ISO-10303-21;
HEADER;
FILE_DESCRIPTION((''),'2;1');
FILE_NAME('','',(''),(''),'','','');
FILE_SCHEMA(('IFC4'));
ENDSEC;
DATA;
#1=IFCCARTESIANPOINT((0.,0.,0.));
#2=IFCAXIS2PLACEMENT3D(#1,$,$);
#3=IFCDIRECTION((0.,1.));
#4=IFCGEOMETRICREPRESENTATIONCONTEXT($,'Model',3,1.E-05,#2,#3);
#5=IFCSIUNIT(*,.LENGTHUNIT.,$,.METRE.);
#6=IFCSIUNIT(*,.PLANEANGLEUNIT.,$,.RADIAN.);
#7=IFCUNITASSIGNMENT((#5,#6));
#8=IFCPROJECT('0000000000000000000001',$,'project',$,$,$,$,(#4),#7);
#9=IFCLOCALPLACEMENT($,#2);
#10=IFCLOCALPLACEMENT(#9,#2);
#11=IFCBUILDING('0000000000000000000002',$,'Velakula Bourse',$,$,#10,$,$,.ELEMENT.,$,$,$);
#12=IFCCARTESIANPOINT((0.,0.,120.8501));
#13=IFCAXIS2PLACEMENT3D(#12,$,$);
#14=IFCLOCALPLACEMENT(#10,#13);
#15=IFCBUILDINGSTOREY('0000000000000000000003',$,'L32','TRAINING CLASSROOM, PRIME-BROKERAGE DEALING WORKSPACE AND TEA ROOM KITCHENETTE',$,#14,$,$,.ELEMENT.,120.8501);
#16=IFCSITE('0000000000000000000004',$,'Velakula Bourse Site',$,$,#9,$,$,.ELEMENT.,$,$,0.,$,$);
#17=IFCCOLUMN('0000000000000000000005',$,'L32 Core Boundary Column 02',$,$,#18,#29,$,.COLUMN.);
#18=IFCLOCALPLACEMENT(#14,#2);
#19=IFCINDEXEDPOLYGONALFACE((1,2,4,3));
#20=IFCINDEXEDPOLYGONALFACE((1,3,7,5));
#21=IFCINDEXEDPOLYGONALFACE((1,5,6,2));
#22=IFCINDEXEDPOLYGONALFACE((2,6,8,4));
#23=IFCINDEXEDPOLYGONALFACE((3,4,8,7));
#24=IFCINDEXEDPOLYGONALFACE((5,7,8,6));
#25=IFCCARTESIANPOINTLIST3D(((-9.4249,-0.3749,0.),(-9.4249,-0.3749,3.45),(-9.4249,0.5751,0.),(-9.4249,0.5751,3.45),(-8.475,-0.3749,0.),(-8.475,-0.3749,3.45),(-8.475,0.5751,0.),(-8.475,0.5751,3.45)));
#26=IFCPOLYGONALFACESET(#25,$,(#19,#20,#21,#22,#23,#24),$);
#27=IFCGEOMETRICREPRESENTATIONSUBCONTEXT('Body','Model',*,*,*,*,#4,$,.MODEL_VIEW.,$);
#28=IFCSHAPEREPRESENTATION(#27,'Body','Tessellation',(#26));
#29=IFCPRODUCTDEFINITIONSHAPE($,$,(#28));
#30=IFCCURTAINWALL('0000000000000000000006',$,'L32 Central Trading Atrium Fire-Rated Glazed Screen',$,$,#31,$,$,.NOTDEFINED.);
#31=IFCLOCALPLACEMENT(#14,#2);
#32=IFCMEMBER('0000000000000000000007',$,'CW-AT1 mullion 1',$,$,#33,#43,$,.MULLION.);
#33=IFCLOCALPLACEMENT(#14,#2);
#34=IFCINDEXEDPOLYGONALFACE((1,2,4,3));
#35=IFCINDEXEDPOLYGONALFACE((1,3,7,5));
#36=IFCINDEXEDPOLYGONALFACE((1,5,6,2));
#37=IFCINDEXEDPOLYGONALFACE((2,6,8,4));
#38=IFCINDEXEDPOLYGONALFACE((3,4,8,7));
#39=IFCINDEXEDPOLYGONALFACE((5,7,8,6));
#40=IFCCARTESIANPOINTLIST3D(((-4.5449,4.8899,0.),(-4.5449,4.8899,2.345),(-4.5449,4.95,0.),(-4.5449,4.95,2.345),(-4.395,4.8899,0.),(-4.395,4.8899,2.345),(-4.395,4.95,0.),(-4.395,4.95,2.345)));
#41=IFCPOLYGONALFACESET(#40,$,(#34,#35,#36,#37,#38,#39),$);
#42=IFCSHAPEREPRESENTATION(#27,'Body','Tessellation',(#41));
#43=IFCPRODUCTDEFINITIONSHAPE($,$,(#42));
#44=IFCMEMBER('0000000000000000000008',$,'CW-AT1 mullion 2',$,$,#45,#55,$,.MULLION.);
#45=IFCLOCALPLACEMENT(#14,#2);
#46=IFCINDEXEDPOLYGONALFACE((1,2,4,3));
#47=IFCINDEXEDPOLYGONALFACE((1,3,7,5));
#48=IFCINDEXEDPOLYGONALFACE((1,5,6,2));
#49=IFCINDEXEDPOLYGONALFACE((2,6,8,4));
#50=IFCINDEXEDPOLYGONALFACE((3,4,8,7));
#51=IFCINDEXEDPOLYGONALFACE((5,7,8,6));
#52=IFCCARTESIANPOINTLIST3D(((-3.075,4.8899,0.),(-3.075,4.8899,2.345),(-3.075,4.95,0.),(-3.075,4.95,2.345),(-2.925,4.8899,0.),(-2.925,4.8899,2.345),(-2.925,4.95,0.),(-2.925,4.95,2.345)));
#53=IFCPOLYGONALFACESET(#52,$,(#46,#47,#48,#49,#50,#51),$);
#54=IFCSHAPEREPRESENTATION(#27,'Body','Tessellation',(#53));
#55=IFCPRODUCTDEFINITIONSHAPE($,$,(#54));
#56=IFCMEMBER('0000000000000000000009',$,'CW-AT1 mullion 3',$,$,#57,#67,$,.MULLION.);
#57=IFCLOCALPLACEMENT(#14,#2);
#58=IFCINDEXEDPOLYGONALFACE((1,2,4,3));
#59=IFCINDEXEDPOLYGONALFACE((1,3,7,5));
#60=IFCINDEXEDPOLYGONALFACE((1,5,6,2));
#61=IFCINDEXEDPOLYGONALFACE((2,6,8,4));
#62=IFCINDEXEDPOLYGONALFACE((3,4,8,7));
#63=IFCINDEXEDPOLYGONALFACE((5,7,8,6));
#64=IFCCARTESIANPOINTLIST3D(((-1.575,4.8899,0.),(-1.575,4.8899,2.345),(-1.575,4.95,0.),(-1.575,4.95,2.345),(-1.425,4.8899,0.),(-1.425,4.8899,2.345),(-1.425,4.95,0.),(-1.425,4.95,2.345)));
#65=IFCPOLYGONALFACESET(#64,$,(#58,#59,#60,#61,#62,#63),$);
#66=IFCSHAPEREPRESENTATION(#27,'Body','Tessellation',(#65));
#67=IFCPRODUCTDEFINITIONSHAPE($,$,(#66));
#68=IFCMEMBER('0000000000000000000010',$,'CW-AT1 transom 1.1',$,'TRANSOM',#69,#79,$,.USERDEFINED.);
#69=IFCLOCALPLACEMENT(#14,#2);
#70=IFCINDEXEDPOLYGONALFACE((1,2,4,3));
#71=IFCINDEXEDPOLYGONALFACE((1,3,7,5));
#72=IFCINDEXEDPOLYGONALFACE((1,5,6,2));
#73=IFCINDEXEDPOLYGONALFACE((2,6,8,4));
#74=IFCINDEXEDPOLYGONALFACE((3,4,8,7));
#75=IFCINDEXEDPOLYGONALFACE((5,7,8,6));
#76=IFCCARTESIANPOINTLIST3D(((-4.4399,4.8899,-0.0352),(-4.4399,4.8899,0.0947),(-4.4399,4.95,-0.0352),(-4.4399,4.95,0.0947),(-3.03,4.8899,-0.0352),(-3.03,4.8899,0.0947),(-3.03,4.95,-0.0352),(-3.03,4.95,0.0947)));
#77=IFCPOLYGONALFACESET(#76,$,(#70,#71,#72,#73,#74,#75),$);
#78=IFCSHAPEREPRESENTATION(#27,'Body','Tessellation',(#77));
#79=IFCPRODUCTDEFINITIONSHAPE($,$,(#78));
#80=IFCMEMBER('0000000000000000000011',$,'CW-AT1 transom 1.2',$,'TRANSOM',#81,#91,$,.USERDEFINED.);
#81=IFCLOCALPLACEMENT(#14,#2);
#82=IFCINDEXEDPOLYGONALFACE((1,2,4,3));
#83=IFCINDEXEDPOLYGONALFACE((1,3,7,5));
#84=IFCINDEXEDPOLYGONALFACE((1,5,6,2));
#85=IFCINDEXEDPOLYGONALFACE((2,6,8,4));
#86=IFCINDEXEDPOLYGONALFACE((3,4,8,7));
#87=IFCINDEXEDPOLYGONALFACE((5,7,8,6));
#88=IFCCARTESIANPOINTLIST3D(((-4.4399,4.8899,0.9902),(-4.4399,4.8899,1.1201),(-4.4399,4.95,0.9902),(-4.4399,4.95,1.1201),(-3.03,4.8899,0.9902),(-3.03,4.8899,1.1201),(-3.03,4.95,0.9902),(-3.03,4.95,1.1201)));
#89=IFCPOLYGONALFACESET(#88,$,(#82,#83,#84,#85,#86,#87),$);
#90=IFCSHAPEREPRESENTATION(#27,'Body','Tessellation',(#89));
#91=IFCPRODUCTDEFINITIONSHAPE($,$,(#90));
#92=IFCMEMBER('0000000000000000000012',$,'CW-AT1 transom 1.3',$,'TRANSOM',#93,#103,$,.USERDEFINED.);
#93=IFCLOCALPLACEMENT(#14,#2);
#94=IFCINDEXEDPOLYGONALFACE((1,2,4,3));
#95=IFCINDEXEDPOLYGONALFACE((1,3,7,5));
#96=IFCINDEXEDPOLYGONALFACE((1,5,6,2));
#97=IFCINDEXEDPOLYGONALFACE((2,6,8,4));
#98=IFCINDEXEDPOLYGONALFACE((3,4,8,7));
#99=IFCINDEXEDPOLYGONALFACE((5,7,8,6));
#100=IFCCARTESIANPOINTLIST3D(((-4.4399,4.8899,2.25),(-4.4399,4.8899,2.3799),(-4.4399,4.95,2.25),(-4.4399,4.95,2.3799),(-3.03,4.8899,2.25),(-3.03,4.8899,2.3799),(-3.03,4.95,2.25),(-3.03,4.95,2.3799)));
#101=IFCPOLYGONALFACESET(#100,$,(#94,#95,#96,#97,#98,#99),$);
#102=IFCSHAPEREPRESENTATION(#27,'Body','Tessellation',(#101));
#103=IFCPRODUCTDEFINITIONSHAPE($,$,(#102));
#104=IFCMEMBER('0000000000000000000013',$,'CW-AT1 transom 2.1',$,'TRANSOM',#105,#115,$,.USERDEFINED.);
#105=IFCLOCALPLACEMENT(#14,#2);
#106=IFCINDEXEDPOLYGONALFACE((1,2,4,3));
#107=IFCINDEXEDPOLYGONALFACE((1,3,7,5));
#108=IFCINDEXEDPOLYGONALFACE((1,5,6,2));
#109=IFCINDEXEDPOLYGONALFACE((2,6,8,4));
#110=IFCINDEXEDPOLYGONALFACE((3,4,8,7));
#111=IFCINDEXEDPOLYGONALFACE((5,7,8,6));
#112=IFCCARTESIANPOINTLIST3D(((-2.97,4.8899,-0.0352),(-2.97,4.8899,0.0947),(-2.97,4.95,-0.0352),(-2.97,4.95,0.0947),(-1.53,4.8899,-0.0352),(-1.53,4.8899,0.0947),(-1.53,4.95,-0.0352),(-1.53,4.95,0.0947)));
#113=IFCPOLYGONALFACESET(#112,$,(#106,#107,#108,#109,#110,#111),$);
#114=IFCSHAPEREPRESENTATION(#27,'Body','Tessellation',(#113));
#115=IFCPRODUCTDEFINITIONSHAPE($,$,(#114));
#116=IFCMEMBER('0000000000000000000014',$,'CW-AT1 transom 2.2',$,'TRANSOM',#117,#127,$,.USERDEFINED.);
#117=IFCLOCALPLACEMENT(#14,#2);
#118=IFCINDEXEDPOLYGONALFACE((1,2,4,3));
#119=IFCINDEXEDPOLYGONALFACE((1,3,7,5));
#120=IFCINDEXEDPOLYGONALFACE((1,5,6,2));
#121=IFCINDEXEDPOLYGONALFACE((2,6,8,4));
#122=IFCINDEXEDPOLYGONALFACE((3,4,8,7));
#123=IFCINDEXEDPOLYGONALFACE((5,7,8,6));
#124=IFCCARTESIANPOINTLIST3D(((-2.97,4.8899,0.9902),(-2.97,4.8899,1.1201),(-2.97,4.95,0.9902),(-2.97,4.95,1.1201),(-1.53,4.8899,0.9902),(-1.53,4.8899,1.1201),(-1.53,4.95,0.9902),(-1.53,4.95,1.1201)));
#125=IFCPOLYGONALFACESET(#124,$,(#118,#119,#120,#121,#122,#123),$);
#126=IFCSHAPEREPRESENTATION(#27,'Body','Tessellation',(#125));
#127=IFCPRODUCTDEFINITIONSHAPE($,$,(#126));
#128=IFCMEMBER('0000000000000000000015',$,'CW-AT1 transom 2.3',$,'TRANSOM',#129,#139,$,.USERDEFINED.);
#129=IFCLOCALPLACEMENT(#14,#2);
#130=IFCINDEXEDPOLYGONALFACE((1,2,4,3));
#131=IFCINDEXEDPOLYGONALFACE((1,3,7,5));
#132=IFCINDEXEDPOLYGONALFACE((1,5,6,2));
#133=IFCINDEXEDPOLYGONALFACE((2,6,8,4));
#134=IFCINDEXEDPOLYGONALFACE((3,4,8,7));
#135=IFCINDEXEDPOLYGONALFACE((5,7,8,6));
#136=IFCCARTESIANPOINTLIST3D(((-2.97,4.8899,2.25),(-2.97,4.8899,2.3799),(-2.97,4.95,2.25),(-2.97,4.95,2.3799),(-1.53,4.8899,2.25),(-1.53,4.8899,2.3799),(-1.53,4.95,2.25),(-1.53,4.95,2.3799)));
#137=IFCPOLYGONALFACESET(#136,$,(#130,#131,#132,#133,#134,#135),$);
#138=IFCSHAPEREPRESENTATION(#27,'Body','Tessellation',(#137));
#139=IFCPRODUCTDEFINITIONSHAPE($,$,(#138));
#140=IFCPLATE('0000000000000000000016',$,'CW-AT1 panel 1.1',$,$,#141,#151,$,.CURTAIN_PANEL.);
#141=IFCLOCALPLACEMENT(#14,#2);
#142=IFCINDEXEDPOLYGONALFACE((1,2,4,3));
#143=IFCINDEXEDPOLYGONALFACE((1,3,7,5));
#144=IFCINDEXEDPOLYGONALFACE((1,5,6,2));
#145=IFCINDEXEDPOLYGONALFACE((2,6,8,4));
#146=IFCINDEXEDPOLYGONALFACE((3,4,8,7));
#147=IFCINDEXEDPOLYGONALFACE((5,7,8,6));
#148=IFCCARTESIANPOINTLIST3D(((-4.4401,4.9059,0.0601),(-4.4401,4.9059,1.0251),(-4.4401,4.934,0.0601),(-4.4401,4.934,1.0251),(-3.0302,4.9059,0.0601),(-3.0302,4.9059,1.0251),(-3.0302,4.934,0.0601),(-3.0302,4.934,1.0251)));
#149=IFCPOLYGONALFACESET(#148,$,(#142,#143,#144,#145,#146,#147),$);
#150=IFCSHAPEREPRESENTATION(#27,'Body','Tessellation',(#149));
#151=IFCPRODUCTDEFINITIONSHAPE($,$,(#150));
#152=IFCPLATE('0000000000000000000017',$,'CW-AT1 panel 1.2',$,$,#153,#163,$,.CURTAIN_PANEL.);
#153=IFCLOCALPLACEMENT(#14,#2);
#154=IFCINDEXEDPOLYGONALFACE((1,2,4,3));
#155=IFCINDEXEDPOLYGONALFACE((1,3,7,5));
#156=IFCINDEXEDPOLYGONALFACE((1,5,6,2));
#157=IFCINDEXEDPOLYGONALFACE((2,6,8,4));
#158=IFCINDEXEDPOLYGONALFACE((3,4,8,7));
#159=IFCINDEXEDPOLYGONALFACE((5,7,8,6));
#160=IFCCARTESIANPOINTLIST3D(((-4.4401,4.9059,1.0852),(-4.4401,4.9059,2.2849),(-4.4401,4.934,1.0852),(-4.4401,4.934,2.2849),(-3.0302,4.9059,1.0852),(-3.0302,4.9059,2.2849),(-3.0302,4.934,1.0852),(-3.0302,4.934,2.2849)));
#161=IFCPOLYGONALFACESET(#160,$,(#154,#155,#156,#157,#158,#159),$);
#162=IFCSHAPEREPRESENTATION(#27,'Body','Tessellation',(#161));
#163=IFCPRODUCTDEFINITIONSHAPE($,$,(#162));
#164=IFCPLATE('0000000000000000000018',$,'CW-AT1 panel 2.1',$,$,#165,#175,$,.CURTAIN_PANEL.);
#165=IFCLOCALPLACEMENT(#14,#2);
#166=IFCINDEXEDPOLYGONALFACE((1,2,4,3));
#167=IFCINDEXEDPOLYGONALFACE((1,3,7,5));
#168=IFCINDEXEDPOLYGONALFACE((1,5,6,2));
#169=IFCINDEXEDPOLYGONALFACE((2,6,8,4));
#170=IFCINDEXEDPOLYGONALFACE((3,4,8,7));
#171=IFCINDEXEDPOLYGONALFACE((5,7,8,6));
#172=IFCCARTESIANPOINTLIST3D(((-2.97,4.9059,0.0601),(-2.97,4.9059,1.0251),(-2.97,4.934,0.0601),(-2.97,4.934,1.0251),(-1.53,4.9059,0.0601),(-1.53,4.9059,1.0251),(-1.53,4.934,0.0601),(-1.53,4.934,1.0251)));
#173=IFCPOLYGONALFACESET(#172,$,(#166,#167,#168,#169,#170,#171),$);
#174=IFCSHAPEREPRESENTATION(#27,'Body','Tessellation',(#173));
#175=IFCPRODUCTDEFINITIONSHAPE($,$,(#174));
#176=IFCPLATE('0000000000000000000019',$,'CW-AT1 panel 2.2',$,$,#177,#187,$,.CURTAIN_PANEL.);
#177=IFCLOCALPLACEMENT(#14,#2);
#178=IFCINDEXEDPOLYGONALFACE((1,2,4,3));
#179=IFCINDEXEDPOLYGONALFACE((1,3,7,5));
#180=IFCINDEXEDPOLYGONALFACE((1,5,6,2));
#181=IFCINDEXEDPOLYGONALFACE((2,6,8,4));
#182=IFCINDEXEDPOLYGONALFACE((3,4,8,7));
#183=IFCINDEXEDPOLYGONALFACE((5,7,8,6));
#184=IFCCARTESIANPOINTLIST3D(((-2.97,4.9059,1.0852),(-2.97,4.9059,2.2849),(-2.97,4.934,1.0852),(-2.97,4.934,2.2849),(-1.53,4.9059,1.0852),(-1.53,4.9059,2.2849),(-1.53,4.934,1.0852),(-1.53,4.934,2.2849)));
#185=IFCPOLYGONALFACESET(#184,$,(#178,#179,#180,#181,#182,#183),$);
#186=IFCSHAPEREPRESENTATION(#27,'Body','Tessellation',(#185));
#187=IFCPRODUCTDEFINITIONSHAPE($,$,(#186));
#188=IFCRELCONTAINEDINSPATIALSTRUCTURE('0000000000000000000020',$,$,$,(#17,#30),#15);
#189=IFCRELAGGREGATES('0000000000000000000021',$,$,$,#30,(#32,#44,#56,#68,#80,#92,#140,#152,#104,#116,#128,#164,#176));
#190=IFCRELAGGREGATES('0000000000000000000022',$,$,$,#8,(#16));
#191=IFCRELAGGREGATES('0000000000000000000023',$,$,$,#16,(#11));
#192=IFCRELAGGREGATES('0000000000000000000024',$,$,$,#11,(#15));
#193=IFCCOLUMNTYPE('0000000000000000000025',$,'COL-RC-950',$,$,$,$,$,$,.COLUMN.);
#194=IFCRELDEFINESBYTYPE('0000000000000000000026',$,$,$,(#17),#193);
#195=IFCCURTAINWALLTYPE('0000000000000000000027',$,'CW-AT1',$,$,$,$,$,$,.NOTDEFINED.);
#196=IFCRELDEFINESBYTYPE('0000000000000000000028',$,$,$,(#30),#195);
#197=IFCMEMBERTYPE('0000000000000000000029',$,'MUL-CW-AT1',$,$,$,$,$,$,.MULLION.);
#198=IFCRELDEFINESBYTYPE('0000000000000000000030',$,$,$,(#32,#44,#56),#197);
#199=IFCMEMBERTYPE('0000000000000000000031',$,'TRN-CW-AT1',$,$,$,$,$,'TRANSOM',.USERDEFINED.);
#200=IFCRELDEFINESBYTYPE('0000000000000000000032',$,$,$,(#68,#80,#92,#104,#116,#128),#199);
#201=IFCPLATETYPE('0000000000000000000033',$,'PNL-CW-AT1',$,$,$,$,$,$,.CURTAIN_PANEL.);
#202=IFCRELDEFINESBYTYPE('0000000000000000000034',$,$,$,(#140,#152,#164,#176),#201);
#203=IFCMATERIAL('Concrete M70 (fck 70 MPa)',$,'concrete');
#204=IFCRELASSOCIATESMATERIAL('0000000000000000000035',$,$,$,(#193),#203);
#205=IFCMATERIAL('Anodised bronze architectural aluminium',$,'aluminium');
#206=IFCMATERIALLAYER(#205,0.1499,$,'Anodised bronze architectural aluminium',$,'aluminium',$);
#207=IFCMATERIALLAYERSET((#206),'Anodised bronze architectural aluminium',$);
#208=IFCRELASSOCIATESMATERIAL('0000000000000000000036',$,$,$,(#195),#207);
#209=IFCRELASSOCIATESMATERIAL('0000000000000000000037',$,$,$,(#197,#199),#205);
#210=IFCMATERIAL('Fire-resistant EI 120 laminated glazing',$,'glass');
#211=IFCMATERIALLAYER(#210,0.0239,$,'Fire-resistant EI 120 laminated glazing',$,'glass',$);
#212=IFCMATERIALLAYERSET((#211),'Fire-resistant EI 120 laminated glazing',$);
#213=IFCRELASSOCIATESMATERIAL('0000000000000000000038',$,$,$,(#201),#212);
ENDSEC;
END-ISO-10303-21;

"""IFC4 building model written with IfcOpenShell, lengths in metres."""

from ifc_helpers import new_model, si_unit, direction, frame, origin, origin_2d, place, context, subcontext, project, spatial, rectangle, extrude, material, layer, layer_set, material_profile, profile_set, type_object, element, aggregate, save


model = new_model("IFC4")

# Units and contexts
model_context = context("Model", 3, precision=1e-05, world=origin(), true_north=direction((0.0, 1.0)))
body_context = subcontext(model_context, "Body", "Model", "MODEL_VIEW")
ifc_project = project(units=[si_unit("LENGTHUNIT", "METRE"), si_unit("PLANEANGLEUNIT", "RADIAN")], contexts=[model_context])

# Site, building, storey
site_placement = place(None, origin())
site = spatial("IfcSite", under=ifc_project, at=site_placement, Name="Velakula Bourse Site", CompositionType="ELEMENT", RefElevation=0.0)
building_placement = place(site_placement, origin())
building = spatial("IfcBuilding", under=site, at=building_placement, Name="Velakula Bourse", CompositionType="ELEMENT")
storey_placement = place(building_placement, frame((0.0, 0.0, 120.8501)))
storey = spatial("IfcBuildingStorey", under=building, at=storey_placement, Name="L32", Description="TRAINING CLASSROOM, PRIME-BROKERAGE DEALING WORKSPACE AND TEA ROOM KITCHENETTE", CompositionType="ELEMENT", Elevation=120.8501)

# Column
ifc_material_1 = material(Name="Concrete M70 (fck 70 MPa)", Category="concrete")
ifc_material_profile_1 = material_profile(ifc_material_1, rectangle(XDim=0.95, YDim=0.95, at=origin_2d()), Name="Concrete M70 (fck 70 MPa)")
ifc_profile_set_1 = profile_set([ifc_material_profile_1], Name="Concrete M70 (fck 70 MPa)")
column_type = type_object("IfcColumnType", Name="COL-RC-950", PredefinedType="COLUMN", material=ifc_profile_set_1)
column_placement = place(storey_placement, frame((-8.95, 0.1001, 0.0), z_axis=(0.0, 0.0, 1.0), x_axis=(1.0, 0.0, 0.0)))
element("IfcColumn", 1, at=column_placement, inside=storey, type_object=column_type, Name="L32 Core Boundary Column 02", PredefinedType="COLUMN", context=body_context, shape_type="SweptSolid", body=[
    extrude(rectangle(XDim=0.95, YDim=0.95, at=origin_2d()), origin(), (0.0, 0.0, 1.0), 3.45),
])

# Curtain wall, members, plates
ifc_material_2 = material(Name="Anodised bronze architectural aluminium", Category="aluminium")
ifc_layer_1 = layer(ifc_material_2, 0.1499, Name="Anodised bronze architectural aluminium", Category="aluminium")
ifc_layer_set_1 = layer_set([ifc_layer_1], Name="Anodised bronze architectural aluminium")
curtain_wall_type = type_object("IfcCurtainWallType", Name="CW-AT1", PredefinedType="NOTDEFINED", material=ifc_layer_set_1)
curtain_wall_placement = place(storey_placement, origin())
curtain_wall = element("IfcCurtainWall", 2, at=curtain_wall_placement, inside=storey, type_object=curtain_wall_type, Name="L32 Central Trading Atrium Fire-Rated Glazed Screen", PredefinedType="NOTDEFINED")
ifc_material_profile_2 = material_profile(ifc_material_2, rectangle(XDim=0.0601, YDim=0.1499, at=origin_2d()), Name="Anodised bronze architectural aluminium")
ifc_profile_set_2 = profile_set([ifc_material_profile_2], Name="Anodised bronze architectural aluminium")
member_type_1 = type_object("IfcMemberType", Name="MUL-CW-AT1", PredefinedType="MULLION", material=ifc_profile_set_2)
member_1_placement = place(storey_placement, frame((-4.47, 4.9199, 0.0), z_axis=(0.0, 0.0, 1.0), x_axis=(0.0, 1.0, 0.0)))
member_1 = element("IfcMember", 3, at=member_1_placement, type_object=member_type_1, Name="CW-AT1 mullion 1", PredefinedType="MULLION", context=body_context, shape_type="SweptSolid", body=[
    extrude(rectangle(XDim=0.0601, YDim=0.1499, at=origin_2d()), origin(), (0.0, 0.0, 1.0), 2.345),
])
member_2_placement = place(storey_placement, frame((-3.0, 4.9199, 0.0), z_axis=(0.0, 0.0, 1.0), x_axis=(0.0, 1.0, 0.0)))
member_2 = element("IfcMember", 4, at=member_2_placement, type_object=member_type_1, Name="CW-AT1 mullion 2", PredefinedType="MULLION", context=body_context, shape_type="SweptSolid", body=[
    extrude(rectangle(XDim=0.0601, YDim=0.1499, at=origin_2d()), origin(), (0.0, 0.0, 1.0), 2.345),
])
member_3_placement = place(storey_placement, frame((-1.5, 4.9199, 0.0), z_axis=(0.0, 0.0, 1.0), x_axis=(0.0, 1.0, 0.0)))
member_3 = element("IfcMember", 5, at=member_3_placement, type_object=member_type_1, Name="CW-AT1 mullion 3", PredefinedType="MULLION", context=body_context, shape_type="SweptSolid", body=[
    extrude(rectangle(XDim=0.0601, YDim=0.1499, at=origin_2d()), origin(), (0.0, 0.0, 1.0), 2.345),
])
ifc_material_profile_3 = material_profile(ifc_material_2, rectangle(XDim=0.0601, YDim=0.1299, at=origin_2d()), Name="Anodised bronze architectural aluminium")
ifc_profile_set_3 = profile_set([ifc_material_profile_3], Name="Anodised bronze architectural aluminium")
member_type_2 = type_object("IfcMemberType", Name="TRN-CW-AT1", ElementType="TRANSOM", PredefinedType="USERDEFINED", material=ifc_profile_set_3)
member_4_placement = place(storey_placement, frame((-4.4399, 4.9199, 0.0298), z_axis=(1.0, 0.0, 0.0), x_axis=(0.0, 1.0, 0.0)))
member_4 = element("IfcMember", 6, at=member_4_placement, type_object=member_type_2, Name="CW-AT1 transom 1.1", ObjectType="TRANSOM", PredefinedType="USERDEFINED", context=body_context, shape_type="SweptSolid", body=[
    extrude(rectangle(XDim=0.0601, YDim=0.1299, at=origin_2d()), origin(), (0.0, 0.0, 1.0), 1.4099),
])
member_5_placement = place(storey_placement, frame((-4.4399, 4.9199, 1.0552), z_axis=(1.0, 0.0, 0.0), x_axis=(0.0, 1.0, 0.0)))
member_5 = element("IfcMember", 7, at=member_5_placement, type_object=member_type_2, Name="CW-AT1 transom 1.2", ObjectType="TRANSOM", PredefinedType="USERDEFINED", context=body_context, shape_type="SweptSolid", body=[
    extrude(rectangle(XDim=0.0601, YDim=0.1299, at=origin_2d()), origin(), (0.0, 0.0, 1.0), 1.4099),
])
member_6_placement = place(storey_placement, frame((-4.4399, 4.9199, 2.3149), z_axis=(1.0, 0.0, 0.0), x_axis=(0.0, 1.0, 0.0)))
member_6 = element("IfcMember", 8, at=member_6_placement, type_object=member_type_2, Name="CW-AT1 transom 1.3", ObjectType="TRANSOM", PredefinedType="USERDEFINED", context=body_context, shape_type="SweptSolid", body=[
    extrude(rectangle(XDim=0.0601, YDim=0.1299, at=origin_2d()), origin(), (0.0, 0.0, 1.0), 1.4099),
])
member_7_placement = place(storey_placement, frame((-2.97, 4.9199, 0.0298), z_axis=(1.0, 0.0, 0.0), x_axis=(0.0, 1.0, 0.0)))
member_7 = element("IfcMember", 9, at=member_7_placement, type_object=member_type_2, Name="CW-AT1 transom 2.1", ObjectType="TRANSOM", PredefinedType="USERDEFINED", context=body_context, shape_type="SweptSolid", body=[
    extrude(rectangle(XDim=0.0601, YDim=0.1299, at=origin_2d()), origin(), (0.0, 0.0, 1.0), 1.4399),
])
member_8_placement = place(storey_placement, frame((-2.97, 4.9199, 1.0552), z_axis=(1.0, 0.0, 0.0), x_axis=(0.0, 1.0, 0.0)))
member_8 = element("IfcMember", 10, at=member_8_placement, type_object=member_type_2, Name="CW-AT1 transom 2.2", ObjectType="TRANSOM", PredefinedType="USERDEFINED", context=body_context, shape_type="SweptSolid", body=[
    extrude(rectangle(XDim=0.0601, YDim=0.1299, at=origin_2d()), origin(), (0.0, 0.0, 1.0), 1.4399),
])
member_9_placement = place(storey_placement, frame((-2.97, 4.9199, 2.3149), z_axis=(1.0, 0.0, 0.0), x_axis=(0.0, 1.0, 0.0)))
member_9 = element("IfcMember", 11, at=member_9_placement, type_object=member_type_2, Name="CW-AT1 transom 2.3", ObjectType="TRANSOM", PredefinedType="USERDEFINED", context=body_context, shape_type="SweptSolid", body=[
    extrude(rectangle(XDim=0.0601, YDim=0.1299, at=origin_2d()), origin(), (0.0, 0.0, 1.0), 1.4399),
])
ifc_material_3 = material(Name="Fire-resistant EI 120 laminated glazing", Category="glass")
ifc_layer_2 = layer(ifc_material_3, 0.0239, Name="Fire-resistant EI 120 laminated glazing", Category="glass")
ifc_layer_set_2 = layer_set([ifc_layer_2], Name="Fire-resistant EI 120 laminated glazing")
plate_type = type_object("IfcPlateType", Name="PNL-CW-AT1", PredefinedType="CURTAIN_PANEL", material=ifc_layer_set_2)
plate_1_placement = place(storey_placement, frame((-3.7351, 4.9199, 0.0601), z_axis=(0.0, 0.0, 1.0), x_axis=(1.0, 0.0, 0.0)))
plate_1 = element("IfcPlate", 12, at=plate_1_placement, type_object=plate_type, Name="CW-AT1 panel 1.1", PredefinedType="CURTAIN_PANEL", context=body_context, shape_type="SweptSolid", body=[
    extrude(rectangle(XDim=1.4099, YDim=0.0281, at=origin_2d()), origin(), (0.0, 0.0, 1.0), 0.9651),
])
plate_2_placement = place(storey_placement, frame((-3.7351, 4.9199, 1.0852), z_axis=(0.0, 0.0, 1.0), x_axis=(1.0, 0.0, 0.0)))
plate_2 = element("IfcPlate", 13, at=plate_2_placement, type_object=plate_type, Name="CW-AT1 panel 1.2", PredefinedType="CURTAIN_PANEL", context=body_context, shape_type="SweptSolid", body=[
    extrude(rectangle(XDim=1.4099, YDim=0.0281, at=origin_2d()), origin(), (0.0, 0.0, 1.0), 1.1997),
])
plate_3_placement = place(storey_placement, frame((-2.25, 4.9199, 0.0601), z_axis=(0.0, 0.0, 1.0), x_axis=(1.0, 0.0, 0.0)))
plate_3 = element("IfcPlate", 14, at=plate_3_placement, type_object=plate_type, Name="CW-AT1 panel 2.1", PredefinedType="CURTAIN_PANEL", context=body_context, shape_type="SweptSolid", body=[
    extrude(rectangle(XDim=1.4399, YDim=0.0281, at=origin_2d()), origin(), (0.0, 0.0, 1.0), 0.9651),
])
plate_4_placement = place(storey_placement, frame((-2.25, 4.9199, 1.0852), z_axis=(0.0, 0.0, 1.0), x_axis=(1.0, 0.0, 0.0)))
plate_4 = element("IfcPlate", 15, at=plate_4_placement, type_object=plate_type, Name="CW-AT1 panel 2.2", PredefinedType="CURTAIN_PANEL", context=body_context, shape_type="SweptSolid", body=[
    extrude(rectangle(XDim=1.4399, YDim=0.0281, at=origin_2d()), origin(), (0.0, 0.0, 1.0), 1.1997),
])
aggregate(curtain_wall, [member_1, member_2, member_3, member_4, member_5, member_6, plate_1, plate_2, member_7, member_8, member_9, plate_3, plate_4])

save(model, "model.ifc")
